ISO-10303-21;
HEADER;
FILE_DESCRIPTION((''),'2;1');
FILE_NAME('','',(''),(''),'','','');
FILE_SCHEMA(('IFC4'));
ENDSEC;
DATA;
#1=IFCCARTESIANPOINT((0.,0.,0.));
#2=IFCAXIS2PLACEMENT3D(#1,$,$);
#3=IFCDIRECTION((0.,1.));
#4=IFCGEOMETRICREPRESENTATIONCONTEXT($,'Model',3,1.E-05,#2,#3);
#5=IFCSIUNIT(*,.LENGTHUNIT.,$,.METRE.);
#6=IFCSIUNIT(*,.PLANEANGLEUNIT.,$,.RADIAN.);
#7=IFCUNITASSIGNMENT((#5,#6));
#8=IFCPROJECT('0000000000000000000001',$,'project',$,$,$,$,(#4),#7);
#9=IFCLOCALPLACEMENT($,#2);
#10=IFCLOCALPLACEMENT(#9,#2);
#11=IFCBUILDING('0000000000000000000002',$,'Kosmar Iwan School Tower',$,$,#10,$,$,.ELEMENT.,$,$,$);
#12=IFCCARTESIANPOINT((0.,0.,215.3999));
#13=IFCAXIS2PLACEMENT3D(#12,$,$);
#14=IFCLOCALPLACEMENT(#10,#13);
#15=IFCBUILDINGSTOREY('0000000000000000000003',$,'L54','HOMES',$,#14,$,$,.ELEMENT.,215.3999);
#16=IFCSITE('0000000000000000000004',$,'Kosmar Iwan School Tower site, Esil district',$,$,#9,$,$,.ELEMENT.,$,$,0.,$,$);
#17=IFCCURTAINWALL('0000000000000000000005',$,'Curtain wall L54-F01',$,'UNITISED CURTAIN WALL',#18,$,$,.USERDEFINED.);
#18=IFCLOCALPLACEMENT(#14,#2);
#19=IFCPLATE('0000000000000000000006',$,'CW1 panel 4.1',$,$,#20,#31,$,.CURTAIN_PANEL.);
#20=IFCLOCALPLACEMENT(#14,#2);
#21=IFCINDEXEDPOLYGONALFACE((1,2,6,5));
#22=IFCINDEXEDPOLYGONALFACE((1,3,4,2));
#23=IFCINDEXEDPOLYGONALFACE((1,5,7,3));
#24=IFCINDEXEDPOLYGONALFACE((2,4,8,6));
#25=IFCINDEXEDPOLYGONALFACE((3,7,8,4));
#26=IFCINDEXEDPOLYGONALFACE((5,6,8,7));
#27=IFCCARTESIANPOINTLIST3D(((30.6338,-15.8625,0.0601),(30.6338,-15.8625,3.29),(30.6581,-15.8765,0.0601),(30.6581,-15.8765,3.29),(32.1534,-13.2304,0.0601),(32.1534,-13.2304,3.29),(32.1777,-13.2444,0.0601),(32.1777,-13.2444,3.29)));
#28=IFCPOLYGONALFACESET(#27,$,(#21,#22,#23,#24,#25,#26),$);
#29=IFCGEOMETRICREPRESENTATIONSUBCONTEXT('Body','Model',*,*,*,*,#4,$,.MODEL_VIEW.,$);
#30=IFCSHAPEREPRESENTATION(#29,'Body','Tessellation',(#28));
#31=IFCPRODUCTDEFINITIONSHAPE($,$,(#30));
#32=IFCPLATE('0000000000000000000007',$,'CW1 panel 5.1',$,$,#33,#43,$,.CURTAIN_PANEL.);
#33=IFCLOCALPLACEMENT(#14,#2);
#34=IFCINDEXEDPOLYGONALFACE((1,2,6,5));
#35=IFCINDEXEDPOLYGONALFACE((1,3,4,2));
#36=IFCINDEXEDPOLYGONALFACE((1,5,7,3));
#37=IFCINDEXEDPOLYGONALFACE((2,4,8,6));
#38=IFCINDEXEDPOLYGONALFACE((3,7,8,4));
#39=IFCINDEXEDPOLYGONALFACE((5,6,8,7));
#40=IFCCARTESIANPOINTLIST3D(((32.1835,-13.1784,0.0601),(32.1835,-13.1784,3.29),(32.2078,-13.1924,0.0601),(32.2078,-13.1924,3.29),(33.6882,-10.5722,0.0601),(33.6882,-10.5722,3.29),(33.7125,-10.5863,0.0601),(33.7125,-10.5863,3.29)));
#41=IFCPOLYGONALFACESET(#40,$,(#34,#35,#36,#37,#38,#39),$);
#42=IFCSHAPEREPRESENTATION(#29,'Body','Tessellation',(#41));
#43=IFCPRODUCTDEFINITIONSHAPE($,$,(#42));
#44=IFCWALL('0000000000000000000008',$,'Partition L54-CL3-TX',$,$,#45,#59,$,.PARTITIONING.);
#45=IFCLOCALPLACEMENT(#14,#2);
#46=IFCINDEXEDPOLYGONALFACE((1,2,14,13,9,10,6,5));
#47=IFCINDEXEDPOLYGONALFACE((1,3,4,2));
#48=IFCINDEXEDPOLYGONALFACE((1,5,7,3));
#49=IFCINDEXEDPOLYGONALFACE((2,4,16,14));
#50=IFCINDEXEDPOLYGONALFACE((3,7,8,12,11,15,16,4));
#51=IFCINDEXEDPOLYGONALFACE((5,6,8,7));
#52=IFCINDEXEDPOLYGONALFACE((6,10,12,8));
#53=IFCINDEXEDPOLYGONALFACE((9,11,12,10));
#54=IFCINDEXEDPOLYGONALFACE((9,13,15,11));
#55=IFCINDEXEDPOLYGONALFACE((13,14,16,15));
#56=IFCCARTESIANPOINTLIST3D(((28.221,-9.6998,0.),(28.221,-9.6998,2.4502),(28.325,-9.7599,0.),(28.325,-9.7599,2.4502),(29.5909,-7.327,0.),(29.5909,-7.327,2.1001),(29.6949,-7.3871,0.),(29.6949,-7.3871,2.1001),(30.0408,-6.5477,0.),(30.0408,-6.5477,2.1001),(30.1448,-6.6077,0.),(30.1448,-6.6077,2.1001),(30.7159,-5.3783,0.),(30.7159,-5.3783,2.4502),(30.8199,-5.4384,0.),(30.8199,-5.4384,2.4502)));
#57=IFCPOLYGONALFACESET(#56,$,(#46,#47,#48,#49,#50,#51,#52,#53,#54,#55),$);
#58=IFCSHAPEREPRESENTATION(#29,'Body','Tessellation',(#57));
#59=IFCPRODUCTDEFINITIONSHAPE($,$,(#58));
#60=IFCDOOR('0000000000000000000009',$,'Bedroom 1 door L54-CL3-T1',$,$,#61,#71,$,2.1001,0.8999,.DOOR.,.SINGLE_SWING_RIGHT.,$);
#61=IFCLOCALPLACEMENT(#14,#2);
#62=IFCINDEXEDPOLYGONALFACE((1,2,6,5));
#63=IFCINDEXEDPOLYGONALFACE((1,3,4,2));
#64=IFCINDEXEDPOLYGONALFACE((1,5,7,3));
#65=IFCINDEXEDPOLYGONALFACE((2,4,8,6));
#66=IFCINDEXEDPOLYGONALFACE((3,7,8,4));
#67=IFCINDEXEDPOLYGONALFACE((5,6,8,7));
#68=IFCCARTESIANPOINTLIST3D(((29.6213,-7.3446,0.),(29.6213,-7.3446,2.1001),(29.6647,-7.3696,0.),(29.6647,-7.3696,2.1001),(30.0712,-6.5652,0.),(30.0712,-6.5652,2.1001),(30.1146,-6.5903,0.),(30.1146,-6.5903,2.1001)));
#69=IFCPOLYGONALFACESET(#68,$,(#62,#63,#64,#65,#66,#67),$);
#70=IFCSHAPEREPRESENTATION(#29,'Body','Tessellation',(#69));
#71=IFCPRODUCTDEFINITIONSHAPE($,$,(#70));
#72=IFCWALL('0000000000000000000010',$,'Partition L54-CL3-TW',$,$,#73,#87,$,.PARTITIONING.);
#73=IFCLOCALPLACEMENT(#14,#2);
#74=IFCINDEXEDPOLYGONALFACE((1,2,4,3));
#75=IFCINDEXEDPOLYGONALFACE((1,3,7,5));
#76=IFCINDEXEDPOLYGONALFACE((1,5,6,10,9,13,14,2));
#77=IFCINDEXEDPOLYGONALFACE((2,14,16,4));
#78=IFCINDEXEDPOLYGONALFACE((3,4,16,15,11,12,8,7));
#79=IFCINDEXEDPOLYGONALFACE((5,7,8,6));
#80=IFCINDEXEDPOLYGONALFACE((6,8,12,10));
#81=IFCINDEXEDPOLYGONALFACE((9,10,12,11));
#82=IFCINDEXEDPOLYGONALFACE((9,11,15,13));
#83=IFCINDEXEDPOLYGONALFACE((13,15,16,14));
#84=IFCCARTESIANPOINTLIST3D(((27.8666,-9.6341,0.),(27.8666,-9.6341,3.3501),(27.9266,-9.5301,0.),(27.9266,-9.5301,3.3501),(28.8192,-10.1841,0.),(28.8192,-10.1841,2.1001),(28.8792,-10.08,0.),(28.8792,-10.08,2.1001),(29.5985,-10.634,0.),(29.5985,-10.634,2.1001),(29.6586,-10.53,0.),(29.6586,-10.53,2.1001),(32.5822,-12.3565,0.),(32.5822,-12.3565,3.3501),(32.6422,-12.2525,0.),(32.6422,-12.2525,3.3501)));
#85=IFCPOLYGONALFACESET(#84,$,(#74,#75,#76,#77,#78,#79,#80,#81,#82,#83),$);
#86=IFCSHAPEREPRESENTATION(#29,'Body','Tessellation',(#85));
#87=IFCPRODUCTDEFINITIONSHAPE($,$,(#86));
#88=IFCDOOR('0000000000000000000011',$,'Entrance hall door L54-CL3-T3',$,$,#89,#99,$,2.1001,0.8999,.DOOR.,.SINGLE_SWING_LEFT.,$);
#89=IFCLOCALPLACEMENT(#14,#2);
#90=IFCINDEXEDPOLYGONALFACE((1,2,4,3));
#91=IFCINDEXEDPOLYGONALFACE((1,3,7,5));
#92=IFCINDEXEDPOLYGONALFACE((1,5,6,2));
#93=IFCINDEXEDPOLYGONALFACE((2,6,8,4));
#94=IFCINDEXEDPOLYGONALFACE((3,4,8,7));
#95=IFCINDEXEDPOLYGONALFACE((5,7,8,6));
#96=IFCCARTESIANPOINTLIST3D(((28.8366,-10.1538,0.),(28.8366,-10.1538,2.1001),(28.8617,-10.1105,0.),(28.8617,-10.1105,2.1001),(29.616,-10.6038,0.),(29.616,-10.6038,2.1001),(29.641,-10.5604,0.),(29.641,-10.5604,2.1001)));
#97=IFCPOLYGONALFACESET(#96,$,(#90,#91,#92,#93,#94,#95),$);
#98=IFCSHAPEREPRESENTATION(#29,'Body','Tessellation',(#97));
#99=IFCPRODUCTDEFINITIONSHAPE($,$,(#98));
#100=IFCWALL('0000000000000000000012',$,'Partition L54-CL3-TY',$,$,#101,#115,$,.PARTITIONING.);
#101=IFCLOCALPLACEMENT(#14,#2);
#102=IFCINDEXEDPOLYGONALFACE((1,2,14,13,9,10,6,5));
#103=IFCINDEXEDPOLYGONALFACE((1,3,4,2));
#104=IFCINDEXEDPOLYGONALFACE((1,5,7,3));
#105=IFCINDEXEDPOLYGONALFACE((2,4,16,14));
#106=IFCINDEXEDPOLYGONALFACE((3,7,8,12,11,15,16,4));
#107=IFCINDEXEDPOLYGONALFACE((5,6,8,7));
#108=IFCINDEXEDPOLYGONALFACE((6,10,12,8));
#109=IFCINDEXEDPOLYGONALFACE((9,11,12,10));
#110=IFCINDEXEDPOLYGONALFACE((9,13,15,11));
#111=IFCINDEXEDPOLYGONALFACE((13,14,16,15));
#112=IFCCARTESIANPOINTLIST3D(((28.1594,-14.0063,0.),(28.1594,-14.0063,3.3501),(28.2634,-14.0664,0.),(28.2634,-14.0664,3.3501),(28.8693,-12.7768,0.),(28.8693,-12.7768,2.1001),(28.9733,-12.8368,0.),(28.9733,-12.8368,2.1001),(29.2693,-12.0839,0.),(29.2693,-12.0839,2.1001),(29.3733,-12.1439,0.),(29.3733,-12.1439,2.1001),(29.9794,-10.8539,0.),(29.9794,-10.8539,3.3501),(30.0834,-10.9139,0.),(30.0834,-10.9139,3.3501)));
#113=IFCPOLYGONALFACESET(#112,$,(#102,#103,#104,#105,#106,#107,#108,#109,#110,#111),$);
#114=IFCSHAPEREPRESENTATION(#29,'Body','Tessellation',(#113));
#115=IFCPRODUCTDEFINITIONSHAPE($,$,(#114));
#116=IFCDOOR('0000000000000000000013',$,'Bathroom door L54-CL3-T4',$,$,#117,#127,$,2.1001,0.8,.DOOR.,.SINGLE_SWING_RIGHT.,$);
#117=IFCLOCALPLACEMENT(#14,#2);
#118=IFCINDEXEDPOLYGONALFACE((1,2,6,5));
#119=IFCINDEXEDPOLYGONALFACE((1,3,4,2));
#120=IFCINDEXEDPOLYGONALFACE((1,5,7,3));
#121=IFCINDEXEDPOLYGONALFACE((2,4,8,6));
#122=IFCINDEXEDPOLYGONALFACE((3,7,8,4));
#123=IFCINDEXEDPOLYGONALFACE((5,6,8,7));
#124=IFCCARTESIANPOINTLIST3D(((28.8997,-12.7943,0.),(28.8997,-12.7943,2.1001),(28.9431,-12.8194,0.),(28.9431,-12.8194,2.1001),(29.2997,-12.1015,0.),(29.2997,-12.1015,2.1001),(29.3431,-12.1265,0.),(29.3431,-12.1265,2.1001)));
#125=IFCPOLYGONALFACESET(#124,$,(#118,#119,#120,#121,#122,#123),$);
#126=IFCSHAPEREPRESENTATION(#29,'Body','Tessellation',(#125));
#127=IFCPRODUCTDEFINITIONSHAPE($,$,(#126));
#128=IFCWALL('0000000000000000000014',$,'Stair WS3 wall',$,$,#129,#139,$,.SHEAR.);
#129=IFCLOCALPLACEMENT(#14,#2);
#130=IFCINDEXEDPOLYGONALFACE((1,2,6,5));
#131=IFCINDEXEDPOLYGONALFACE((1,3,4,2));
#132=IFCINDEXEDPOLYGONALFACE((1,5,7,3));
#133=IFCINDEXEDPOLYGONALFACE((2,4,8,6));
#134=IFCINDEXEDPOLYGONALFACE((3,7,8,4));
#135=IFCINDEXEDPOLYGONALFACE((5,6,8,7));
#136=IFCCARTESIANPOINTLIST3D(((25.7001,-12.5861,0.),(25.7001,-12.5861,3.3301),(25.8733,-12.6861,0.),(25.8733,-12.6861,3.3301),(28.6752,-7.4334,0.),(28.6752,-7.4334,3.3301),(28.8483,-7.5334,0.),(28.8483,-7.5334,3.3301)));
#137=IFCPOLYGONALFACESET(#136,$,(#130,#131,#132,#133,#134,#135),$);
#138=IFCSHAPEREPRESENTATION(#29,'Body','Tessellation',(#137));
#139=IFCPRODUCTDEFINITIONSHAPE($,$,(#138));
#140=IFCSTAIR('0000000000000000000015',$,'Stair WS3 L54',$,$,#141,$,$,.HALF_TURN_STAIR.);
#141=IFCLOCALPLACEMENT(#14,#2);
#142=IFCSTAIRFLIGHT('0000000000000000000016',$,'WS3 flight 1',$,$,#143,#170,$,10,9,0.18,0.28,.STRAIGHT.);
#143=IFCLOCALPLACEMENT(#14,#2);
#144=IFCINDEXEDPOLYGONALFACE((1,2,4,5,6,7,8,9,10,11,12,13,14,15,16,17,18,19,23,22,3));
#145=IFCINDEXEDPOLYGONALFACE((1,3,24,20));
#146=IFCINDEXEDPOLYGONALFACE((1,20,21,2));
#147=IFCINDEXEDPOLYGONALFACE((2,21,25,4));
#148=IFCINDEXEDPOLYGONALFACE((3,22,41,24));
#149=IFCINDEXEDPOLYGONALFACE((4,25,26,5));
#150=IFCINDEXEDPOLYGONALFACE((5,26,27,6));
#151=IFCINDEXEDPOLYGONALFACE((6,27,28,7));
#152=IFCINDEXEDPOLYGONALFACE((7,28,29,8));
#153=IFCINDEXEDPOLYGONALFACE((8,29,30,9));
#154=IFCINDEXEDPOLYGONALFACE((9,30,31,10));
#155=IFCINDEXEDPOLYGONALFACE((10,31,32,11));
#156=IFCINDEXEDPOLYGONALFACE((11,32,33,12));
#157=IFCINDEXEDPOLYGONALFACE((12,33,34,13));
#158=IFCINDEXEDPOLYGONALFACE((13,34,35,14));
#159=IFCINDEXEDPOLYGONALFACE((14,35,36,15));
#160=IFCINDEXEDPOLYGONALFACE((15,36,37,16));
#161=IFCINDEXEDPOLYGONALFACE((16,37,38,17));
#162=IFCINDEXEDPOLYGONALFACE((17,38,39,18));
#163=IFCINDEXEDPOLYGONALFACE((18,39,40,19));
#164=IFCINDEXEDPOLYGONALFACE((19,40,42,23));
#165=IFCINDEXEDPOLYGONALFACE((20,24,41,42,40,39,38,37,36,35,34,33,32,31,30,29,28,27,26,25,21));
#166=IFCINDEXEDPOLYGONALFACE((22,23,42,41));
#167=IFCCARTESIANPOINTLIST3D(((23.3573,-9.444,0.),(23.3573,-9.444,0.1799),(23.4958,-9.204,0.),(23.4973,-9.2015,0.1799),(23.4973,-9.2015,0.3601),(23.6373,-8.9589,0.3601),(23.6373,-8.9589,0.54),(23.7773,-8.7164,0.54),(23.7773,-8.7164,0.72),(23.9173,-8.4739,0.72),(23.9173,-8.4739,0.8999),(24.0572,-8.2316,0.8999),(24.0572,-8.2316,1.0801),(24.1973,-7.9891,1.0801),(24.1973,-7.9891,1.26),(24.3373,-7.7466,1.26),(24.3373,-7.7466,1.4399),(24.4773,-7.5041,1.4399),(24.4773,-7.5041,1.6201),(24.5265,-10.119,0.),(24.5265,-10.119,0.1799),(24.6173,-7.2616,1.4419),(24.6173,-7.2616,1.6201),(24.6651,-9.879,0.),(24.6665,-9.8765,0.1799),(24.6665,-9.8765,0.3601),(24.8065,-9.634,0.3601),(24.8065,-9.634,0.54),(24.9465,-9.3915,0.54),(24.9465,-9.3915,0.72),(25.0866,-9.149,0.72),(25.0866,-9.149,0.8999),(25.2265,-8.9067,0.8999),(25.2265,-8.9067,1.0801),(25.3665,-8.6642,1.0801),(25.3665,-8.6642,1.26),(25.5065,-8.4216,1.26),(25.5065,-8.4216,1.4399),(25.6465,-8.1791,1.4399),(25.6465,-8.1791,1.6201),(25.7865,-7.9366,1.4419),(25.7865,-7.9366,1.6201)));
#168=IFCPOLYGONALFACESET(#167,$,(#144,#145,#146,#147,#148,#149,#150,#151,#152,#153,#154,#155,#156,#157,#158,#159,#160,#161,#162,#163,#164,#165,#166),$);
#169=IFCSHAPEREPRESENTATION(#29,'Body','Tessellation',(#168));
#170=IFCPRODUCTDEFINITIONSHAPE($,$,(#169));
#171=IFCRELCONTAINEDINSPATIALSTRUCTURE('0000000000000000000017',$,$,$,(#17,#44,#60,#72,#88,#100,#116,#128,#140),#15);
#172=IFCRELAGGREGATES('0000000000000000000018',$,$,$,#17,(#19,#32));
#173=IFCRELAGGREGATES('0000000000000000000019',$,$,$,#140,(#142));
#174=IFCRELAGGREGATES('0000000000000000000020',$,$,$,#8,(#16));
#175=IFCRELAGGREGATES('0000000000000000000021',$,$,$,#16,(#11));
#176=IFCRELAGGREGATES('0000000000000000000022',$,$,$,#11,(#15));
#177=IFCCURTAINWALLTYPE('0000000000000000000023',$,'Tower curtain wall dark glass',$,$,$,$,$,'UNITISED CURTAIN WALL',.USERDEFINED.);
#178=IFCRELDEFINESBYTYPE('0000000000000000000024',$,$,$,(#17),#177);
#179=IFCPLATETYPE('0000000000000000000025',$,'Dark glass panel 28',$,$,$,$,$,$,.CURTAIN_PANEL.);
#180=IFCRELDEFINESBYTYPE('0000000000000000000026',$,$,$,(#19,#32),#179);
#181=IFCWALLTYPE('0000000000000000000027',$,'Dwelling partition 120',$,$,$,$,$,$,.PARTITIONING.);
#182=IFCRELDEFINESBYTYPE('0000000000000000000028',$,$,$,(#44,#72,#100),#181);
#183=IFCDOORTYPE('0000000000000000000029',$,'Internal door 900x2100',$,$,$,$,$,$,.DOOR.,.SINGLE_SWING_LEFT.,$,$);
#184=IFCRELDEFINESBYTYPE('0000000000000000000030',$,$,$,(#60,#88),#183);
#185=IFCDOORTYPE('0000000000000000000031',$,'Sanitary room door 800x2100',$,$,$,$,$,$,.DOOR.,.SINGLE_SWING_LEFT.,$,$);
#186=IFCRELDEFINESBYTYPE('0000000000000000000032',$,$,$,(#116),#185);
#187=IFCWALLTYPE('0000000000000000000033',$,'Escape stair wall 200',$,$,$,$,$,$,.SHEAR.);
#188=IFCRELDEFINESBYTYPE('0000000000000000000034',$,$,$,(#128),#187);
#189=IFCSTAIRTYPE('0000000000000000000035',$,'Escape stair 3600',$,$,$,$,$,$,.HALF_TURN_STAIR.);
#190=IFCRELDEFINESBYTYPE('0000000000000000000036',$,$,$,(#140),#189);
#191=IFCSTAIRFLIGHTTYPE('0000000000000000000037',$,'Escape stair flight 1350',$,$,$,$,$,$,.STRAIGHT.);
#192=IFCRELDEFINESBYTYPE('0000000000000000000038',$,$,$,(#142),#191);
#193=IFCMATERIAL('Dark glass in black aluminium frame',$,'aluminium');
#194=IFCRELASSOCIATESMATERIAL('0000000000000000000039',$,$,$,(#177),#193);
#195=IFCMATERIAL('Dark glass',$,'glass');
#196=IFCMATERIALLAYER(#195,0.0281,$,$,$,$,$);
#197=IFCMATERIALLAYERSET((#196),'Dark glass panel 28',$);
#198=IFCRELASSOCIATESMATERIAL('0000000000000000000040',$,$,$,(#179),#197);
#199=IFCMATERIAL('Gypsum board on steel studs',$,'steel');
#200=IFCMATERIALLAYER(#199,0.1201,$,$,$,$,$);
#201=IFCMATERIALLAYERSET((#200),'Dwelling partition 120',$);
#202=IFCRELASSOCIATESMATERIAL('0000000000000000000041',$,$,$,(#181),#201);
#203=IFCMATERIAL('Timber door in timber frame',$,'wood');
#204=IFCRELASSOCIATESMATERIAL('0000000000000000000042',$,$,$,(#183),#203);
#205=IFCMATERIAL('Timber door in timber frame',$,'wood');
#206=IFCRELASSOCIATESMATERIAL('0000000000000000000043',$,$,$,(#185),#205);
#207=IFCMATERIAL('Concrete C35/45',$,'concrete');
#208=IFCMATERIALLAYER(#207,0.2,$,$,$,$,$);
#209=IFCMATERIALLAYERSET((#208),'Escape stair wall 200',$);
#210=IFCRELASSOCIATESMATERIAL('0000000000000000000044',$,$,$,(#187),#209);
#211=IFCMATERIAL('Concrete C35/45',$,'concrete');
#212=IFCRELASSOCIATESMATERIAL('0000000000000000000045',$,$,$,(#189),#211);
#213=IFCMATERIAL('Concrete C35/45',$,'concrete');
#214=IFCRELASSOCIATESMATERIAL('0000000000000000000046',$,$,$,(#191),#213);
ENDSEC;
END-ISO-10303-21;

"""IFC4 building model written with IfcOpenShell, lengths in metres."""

from ifc_helpers import new_model, si_unit, direction, frame, frame_2d, origin, origin_2d, place, context, subcontext, project, spatial, polyline, rectangle, outline, extrude, material, layer, layer_set, type_object, element, fill, aggregate, save


model = new_model("IFC4")

# Units and contexts
model_context = context("Model", 3, precision=1e-05, world=origin(), true_north=direction((0.0, 1.0)))
body_context = subcontext(model_context, "Body", "Model", "MODEL_VIEW")
ifc_project = project(units=[si_unit("LENGTHUNIT", "METRE"), si_unit("PLANEANGLEUNIT", "RADIAN")], contexts=[model_context])

# Site, building, storey
site_placement = place(None, origin())
site = spatial("IfcSite", under=ifc_project, at=site_placement, Name="Kosmar Iwan School Tower site, Esil district", CompositionType="ELEMENT", RefElevation=0.0)
building_placement = place(site_placement, origin())
building = spatial("IfcBuilding", under=site, at=building_placement, Name="Kosmar Iwan School Tower", CompositionType="ELEMENT")
storey_placement = place(building_placement, frame((0.0, 0.0, 215.3999)))
storey = spatial("IfcBuildingStorey", under=building, at=storey_placement, Name="L54", Description="HOMES", CompositionType="ELEMENT", Elevation=215.3999)

# Curtain wall
ifc_material_1 = material(Name="Dark glass in black aluminium frame", Category="aluminium")
curtain_wall_type_1 = type_object("IfcCurtainWallType", Name="Tower curtain wall dark glass", ElementType="UNITISED CURTAIN WALL", PredefinedType="USERDEFINED", material=ifc_material_1)
curtain_wall_1_placement = place(storey_placement, origin())
curtain_wall_1 = element("IfcCurtainWall", 1, at=curtain_wall_1_placement, inside=storey, type_object=curtain_wall_type_1, Name="Curtain wall L54-F01", ObjectType="UNITISED CURTAIN WALL", PredefinedType="USERDEFINED")

# Plates
ifc_material_2 = material(Name="Dark glass", Category="glass")
ifc_layer_1 = layer(ifc_material_2, 0.0281)
ifc_layer_set_1 = layer_set([ifc_layer_1], Name="Dark glass panel 28")
plate_type = type_object("IfcPlateType", Name="Dark glass panel 28", PredefinedType="CURTAIN_PANEL", material=ifc_layer_set_1)
plate_1_placement = place(storey_placement, frame((31.4058, -14.5535, 0.0601), z_axis=(0.0, 0.0, 1.0), x_axis=(0.5, 0.866025, 0.0)))
plate_1 = element("IfcPlate", 2, at=plate_1_placement, type_object=plate_type, Name="CW1 panel 4.1", PredefinedType="CURTAIN_PANEL", context=body_context, shape_type="SweptSolid", body=[
    extrude(rectangle(XDim=3.0393, YDim=0.0281, at=origin_2d()), origin(), (0.0, 0.0, 1.0), 3.23),
])
plate_2_placement = place(storey_placement, frame((32.948, -11.8823, 0.0601), z_axis=(0.0, 0.0, 1.0), x_axis=(0.5, 0.866025, 0.0)))
plate_2 = element("IfcPlate", 3, at=plate_2_placement, type_object=plate_type, Name="CW1 panel 5.1", PredefinedType="CURTAIN_PANEL", context=body_context, shape_type="SweptSolid", body=[
    extrude(rectangle(XDim=3.0093, YDim=0.0281, at=origin_2d()), origin(), (0.0, 0.0, 1.0), 3.23),
])
aggregate(curtain_wall_1, [plate_1, plate_2])

# Walls, openings, doors
ifc_material_3 = material(Name="Gypsum board on steel studs", Category="steel")
ifc_layer_2 = layer(ifc_material_3, 0.1201)
ifc_layer_set_2 = layer_set([ifc_layer_2], Name="Dwelling partition 120")
wall_type_1 = type_object("IfcWallType", Name="Dwelling partition 120", PredefinedType="PARTITIONING", material=ifc_layer_set_2)
wall_1_placement = place(storey_placement, frame((28.2729, -9.73, 0.0), z_axis=(0.0, 0.0, 1.0), x_axis=(0.499975, 0.86604, 0.0)))
wall_1 = element("IfcWall", 4, at=wall_1_placement, inside=storey, type_object=wall_type_1, Name="Partition L54-CL3-TX", PredefinedType="PARTITIONING", context=body_context, shape_type="SweptSolid", body=[
    extrude(rectangle(XDim=4.99, YDim=0.1201, at=frame_2d((2.4951, 0.0))), origin(), (0.0, 0.0, 1.0), 2.4502),
])
opening_1_placement = place(wall_1_placement, frame((2.74, 0.0, 0.0)))
opening_1 = element("IfcOpeningElement", 5, at=opening_1_placement, cuts=wall_1, PredefinedType="OPENING", context=body_context, shape_type="SweptSolid", body=[
    extrude(rectangle(XDim=0.8999, YDim=2.1001, at=frame_2d((0.45, 1.05))), frame((0.0, 0.072, 0.0), z_axis=(0.0, -1.0, 0.0), x_axis=(1.0, 0.0, 0.0)), (0.0, 0.0, 1.0), 0.144),
])
ifc_material_4 = material(Name="Timber door in timber frame", Category="wood")
door_type_1 = type_object("IfcDoorType", Name="Internal door 900x2100", OperationType="SINGLE_SWING_LEFT", PredefinedType="DOOR", material=ifc_material_4)
door_1_placement = place(opening_1_placement, origin())
door_1 = element("IfcDoor", 6, at=door_1_placement, inside=storey, type_object=door_type_1, Name="Bedroom 1 door L54-CL3-T1", OperationType="SINGLE_SWING_RIGHT", OverallHeight=2.1001, OverallWidth=0.8999, PredefinedType="DOOR", context=body_context, shape_type="SweptSolid", body=[
    extrude(rectangle(XDim=0.8999, YDim=2.1001, at=frame_2d((0.45, 1.05))), frame((0.0, 0.0249, 0.0), z_axis=(0.0, -1.0, 0.0), x_axis=(1.0, 0.0, 0.0)), (0.0, 0.0, 1.0), 0.05),
])
fill(opening_1, door_1)
wall_2_placement = place(storey_placement, frame((27.8965, -9.582, 0.0), z_axis=(0.0, 0.0, 1.0), x_axis=(0.866036, -0.499982, 0.0)))
wall_2 = element("IfcWall", 7, at=wall_2_placement, inside=storey, type_object=wall_type_1, Name="Partition L54-CL3-TW", PredefinedType="PARTITIONING", context=body_context, shape_type="SweptSolid", body=[
    extrude(rectangle(XDim=5.4451, YDim=0.1201, at=frame_2d((2.7227, 0.0))), origin(), (0.0, 0.0, 1.0), 3.3501),
])
opening_2_placement = place(wall_2_placement, frame((1.1001, 0.0, 0.0)))
opening_2 = element("IfcOpeningElement", 8, at=opening_2_placement, cuts=wall_2, PredefinedType="OPENING", context=body_context, shape_type="SweptSolid", body=[
    extrude(rectangle(XDim=0.8999, YDim=2.1001, at=frame_2d((0.45, 1.05))), frame((0.0, 0.072, 0.0), z_axis=(0.0, -1.0, 0.0), x_axis=(1.0, 0.0, 0.0)), (0.0, 0.0, 1.0), 0.144),
])
door_2_placement = place(opening_2_placement, origin())
door_2 = element("IfcDoor", 9, at=door_2_placement, inside=storey, type_object=door_type_1, Name="Entrance hall door L54-CL3-T3", OperationType="SINGLE_SWING_LEFT", OverallHeight=2.1001, OverallWidth=0.8999, PredefinedType="DOOR", context=body_context, shape_type="SweptSolid", body=[
    extrude(rectangle(XDim=0.8999, YDim=2.1001, at=frame_2d((0.45, 1.05))), frame((0.0, 0.0249, 0.0), z_axis=(0.0, -1.0, 0.0), x_axis=(1.0, 0.0, 0.0)), (0.0, 0.0, 1.0), 0.05),
])
fill(opening_2, door_2)
wall_3_placement = place(storey_placement, frame((28.2114, -14.0364, 0.0), z_axis=(0.0, 0.0, 1.0), x_axis=(0.499984, 0.866035, 0.0)))
wall_3 = element("IfcWall", 10, at=wall_3_placement, inside=storey, type_object=wall_type_1, Name="Partition L54-CL3-TY", PredefinedType="PARTITIONING", context=body_context, shape_type="SweptSolid", body=[
    extrude(rectangle(XDim=3.6401, YDim=0.1201, at=frame_2d((1.8201, 0.0))), origin(), (0.0, 0.0, 1.0), 3.3501),
])
opening_3_placement = place(wall_3_placement, frame((1.4199, 0.0, 0.0)))
opening_3 = element("IfcOpeningElement", 11, at=opening_3_placement, cuts=wall_3, PredefinedType="OPENING", context=body_context, shape_type="SweptSolid", body=[
    extrude(rectangle(XDim=0.8, YDim=2.1001, at=frame_2d((0.3999, 1.05))), frame((0.0, 0.072, 0.0), z_axis=(0.0, -1.0, 0.0), x_axis=(1.0, 0.0, 0.0)), (0.0, 0.0, 1.0), 0.144),
])
ifc_material_5 = material(Name="Timber door in timber frame", Category="wood")
door_type_2 = type_object("IfcDoorType", Name="Sanitary room door 800x2100", OperationType="SINGLE_SWING_LEFT", PredefinedType="DOOR", material=ifc_material_5)
door_3_placement = place(opening_3_placement, origin())
door_3 = element("IfcDoor", 12, at=door_3_placement, inside=storey, type_object=door_type_2, Name="Bathroom door L54-CL3-T4", OperationType="SINGLE_SWING_RIGHT", OverallHeight=2.1001, OverallWidth=0.8, PredefinedType="DOOR", context=body_context, shape_type="SweptSolid", body=[
    extrude(rectangle(XDim=0.8, YDim=2.1001, at=frame_2d((0.3999, 1.05))), frame((0.0, 0.0249, 0.0), z_axis=(0.0, -1.0, 0.0), x_axis=(1.0, 0.0, 0.0)), (0.0, 0.0, 1.0), 0.05),
])
fill(opening_3, door_3)

# Wall
ifc_material_6 = material(Name="Concrete C35/45", Category="concrete")
ifc_layer_3 = layer(ifc_material_6, 0.2)
ifc_layer_set_3 = layer_set([ifc_layer_3], Name="Escape stair wall 200")
wall_type_2 = type_object("IfcWallType", Name="Escape stair wall 200", PredefinedType="SHEAR", material=ifc_layer_set_3)
wall_4_placement = place(storey_placement, frame((25.7866, -12.6362, 0.0), z_axis=(0.0, 0.0, 1.0), x_axis=(0.500014, 0.866017, 0.0)))
element("IfcWall", 13, at=wall_4_placement, inside=storey, type_object=wall_type_2, Name="Stair WS3 wall", PredefinedType="SHEAR", context=body_context, shape_type="SweptSolid", body=[
    extrude(rectangle(XDim=5.95, YDim=0.2, at=frame_2d((2.9751, 0.0))), origin(), (0.0, 0.0, 1.0), 3.3301),
])

# Stair, stair flight
ifc_material_7 = material(Name="Concrete C35/45", Category="concrete")
stair_type = type_object("IfcStairType", Name="Escape stair 3600", PredefinedType="HALF_TURN_STAIR", material=ifc_material_7)
stair_placement = place(storey_placement, origin())
stair = element("IfcStair", 14, at=stair_placement, inside=storey, type_object=stair_type, Name="Stair WS3 L54", PredefinedType="HALF_TURN_STAIR")
ifc_material_8 = material(Name="Concrete C35/45", Category="concrete")
stair_flight_type = type_object("IfcStairFlightType", Name="Escape stair flight 1350", PredefinedType="STRAIGHT", material=ifc_material_8)
stair_flight_1_placement = place(storey_placement, frame((23.9419, -9.7815, 0.0), z_axis=(0.0, 0.0, 1.0), x_axis=(0.5, 0.866025, 0.0)))
stair_flight_1 = element("IfcStairFlight", 15, at=stair_flight_1_placement, type_object=stair_flight_type, Name="WS3 flight 1", NumberOfRisers=10, NumberOfTreads=9, PredefinedType="STRAIGHT", RiserHeight=0.18, TreadLength=0.28, context=body_context, shape_type="SweptSolid", body=[
    extrude(outline(polyline([(0.0, 0.0), (0.0, 0.1799), (0.28, 0.1799), (0.28, 0.3601), (0.5601, 0.3601), (0.5601, 0.54), (0.8401, 0.54), (0.8401, 0.72), (1.1201, 0.72), (1.1201, 0.8999), (1.3999, 0.8999), (1.3999, 1.0801), (1.6799, 1.0801), (1.6799, 1.26), (1.96, 1.26), (1.96, 1.4399), (2.24, 1.4399), (2.24, 1.6201), (2.52, 1.6201), (2.52, 1.8), (2.52, 1.4419), (0.2771, 0.0), (0.0, 0.0)])), frame((0.0, 0.675, 0.0), z_axis=(0.0, -1.0, 0.0), x_axis=(1.0, 0.0, 0.0)), (0.0, 0.0, 1.0), 1.3501),
])
aggregate(stair, [stair_flight_1])

save(model, "model.ifc")
